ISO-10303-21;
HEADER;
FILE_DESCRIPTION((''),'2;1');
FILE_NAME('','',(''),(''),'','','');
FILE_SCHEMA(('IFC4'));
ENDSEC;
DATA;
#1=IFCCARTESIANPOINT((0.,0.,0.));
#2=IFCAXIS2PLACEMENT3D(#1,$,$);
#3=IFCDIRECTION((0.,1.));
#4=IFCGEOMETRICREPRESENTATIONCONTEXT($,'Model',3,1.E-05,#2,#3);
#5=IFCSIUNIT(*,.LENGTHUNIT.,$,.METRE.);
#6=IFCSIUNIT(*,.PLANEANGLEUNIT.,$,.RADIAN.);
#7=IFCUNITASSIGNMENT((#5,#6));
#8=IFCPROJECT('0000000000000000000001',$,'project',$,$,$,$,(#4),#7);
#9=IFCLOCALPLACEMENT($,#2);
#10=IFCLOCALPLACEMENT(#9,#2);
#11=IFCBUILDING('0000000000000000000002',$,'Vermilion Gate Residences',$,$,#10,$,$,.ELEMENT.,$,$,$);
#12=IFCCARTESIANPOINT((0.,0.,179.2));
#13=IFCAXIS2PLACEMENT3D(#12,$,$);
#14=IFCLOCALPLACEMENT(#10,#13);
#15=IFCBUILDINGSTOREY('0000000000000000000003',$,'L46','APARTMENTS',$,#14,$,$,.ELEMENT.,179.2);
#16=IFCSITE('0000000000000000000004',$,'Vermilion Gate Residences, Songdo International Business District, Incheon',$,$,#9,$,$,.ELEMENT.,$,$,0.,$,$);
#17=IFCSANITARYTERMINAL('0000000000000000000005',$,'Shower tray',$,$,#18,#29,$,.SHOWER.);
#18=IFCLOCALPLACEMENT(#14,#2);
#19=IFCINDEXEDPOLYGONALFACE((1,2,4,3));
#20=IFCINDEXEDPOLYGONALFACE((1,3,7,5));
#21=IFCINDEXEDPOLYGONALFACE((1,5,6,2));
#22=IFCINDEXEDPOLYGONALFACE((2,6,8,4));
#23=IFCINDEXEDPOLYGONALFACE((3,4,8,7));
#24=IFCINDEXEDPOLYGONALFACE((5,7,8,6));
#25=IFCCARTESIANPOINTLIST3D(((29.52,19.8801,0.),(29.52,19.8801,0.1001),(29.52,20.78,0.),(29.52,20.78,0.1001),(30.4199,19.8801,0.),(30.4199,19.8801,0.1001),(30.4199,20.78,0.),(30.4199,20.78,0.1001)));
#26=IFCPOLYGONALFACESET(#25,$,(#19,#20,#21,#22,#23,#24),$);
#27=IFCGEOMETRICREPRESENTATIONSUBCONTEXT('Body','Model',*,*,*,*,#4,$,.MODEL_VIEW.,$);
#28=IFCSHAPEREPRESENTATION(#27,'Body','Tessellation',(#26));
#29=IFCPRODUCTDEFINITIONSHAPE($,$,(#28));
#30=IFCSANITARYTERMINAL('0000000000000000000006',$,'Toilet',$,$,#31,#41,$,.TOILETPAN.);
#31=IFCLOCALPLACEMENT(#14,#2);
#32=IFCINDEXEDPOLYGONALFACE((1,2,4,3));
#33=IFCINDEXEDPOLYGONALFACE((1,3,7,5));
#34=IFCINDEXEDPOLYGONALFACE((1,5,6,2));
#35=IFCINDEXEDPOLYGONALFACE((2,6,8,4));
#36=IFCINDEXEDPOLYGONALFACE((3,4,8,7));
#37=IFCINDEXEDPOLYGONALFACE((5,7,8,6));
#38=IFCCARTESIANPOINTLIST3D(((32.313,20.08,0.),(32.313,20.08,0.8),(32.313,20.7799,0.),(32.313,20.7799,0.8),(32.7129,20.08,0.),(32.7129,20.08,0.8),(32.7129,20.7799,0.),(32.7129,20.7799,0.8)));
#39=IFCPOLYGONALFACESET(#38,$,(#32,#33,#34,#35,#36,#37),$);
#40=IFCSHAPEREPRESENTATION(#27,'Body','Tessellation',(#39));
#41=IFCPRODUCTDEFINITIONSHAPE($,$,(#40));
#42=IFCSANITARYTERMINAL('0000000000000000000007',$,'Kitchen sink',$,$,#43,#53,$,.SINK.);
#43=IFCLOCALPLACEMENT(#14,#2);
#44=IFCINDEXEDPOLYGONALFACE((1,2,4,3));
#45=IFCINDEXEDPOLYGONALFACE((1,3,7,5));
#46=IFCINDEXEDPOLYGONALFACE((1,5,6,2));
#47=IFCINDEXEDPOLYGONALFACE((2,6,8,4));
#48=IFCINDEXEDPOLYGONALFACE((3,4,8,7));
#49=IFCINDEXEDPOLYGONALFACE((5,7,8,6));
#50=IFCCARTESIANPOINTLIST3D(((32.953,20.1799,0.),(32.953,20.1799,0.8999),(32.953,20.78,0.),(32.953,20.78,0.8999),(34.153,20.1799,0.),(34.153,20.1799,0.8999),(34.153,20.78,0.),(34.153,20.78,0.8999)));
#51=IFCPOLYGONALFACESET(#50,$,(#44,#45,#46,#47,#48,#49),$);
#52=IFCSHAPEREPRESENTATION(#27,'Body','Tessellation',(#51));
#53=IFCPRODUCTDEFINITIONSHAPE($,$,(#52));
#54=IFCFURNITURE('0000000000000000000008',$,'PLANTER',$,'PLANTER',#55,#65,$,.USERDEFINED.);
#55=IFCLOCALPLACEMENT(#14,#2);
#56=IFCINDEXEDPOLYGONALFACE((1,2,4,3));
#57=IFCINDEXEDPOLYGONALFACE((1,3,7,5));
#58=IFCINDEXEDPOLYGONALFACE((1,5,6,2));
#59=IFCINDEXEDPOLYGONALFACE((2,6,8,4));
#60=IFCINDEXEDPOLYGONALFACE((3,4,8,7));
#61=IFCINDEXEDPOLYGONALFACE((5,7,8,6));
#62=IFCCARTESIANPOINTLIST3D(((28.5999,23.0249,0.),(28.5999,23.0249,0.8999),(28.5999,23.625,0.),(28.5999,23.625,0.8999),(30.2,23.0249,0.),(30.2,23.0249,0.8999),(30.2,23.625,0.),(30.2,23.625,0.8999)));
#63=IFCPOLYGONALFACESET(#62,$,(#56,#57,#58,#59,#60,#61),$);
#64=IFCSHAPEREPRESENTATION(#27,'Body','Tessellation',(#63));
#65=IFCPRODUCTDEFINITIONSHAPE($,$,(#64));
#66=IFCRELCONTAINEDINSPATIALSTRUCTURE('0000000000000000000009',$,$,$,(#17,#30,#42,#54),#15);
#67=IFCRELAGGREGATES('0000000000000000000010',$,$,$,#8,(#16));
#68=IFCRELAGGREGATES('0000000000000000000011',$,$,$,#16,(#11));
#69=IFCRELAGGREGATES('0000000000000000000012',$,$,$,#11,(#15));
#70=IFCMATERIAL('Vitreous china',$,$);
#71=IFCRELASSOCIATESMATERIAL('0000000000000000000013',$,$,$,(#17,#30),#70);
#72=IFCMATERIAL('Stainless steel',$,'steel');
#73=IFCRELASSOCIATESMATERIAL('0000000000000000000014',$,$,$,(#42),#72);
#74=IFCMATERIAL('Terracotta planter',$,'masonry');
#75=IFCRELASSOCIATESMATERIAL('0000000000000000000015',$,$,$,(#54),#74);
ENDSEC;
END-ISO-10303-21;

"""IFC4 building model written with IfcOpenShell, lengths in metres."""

from ifc_helpers import new_model, si_unit, direction, frame, origin, origin_2d, place, context, subcontext, project, spatial, rectangle, extrude, material, element, save


model = new_model("IFC4")

# Units and contexts
model_context = context("Model", 3, precision=1e-05, world=origin(), true_north=direction((0.0, 1.0)))
body_context = subcontext(model_context, "Body", "Model", "MODEL_VIEW")
ifc_project = project(units=[si_unit("LENGTHUNIT", "METRE"), si_unit("PLANEANGLEUNIT", "RADIAN")], contexts=[model_context])

# Site, building, storey
site_placement = place(None, origin())
site = spatial("IfcSite", under=ifc_project, at=site_placement, Name="Vermilion Gate Residences, Songdo International Business District, Incheon", CompositionType="ELEMENT", RefElevation=0.0)
building_placement = place(site_placement, origin())
building = spatial("IfcBuilding", under=site, at=building_placement, Name="Vermilion Gate Residences", CompositionType="ELEMENT")
storey_placement = place(building_placement, frame((0.0, 0.0, 179.2)))
storey = spatial("IfcBuildingStorey", under=building, at=storey_placement, Name="L46", Description="APARTMENTS", CompositionType="ELEMENT", Elevation=179.2)

# Sanitary terminals
ifc_material_1 = material(Name="Vitreous china")
ifc_material_2 = material(Name="Stainless steel", Category="steel")
sanitary_terminal_1_placement = place(storey_placement, frame((29.97, 20.3301, 0.0), z_axis=(0.0, 0.0, 1.0), x_axis=(1.0, 0.0, 0.0)))
element("IfcSanitaryTerminal", 1, at=sanitary_terminal_1_placement, inside=storey, material=ifc_material_1, Name="Shower tray", PredefinedType="SHOWER", context=body_context, shape_type="SweptSolid", body=[
    extrude(rectangle(XDim=0.8999, YDim=0.8999, at=origin_2d()), origin(), (0.0, 0.0, 1.0), 0.1001),
])
sanitary_terminal_2_placement = place(storey_placement, frame((32.5129, 20.4299, 0.0), z_axis=(0.0, 0.0, 1.0), x_axis=(1.0, 0.0, 0.0)))
element("IfcSanitaryTerminal", 2, at=sanitary_terminal_2_placement, inside=storey, material=ifc_material_1, Name="Toilet", PredefinedType="TOILETPAN", context=body_context, shape_type="SweptSolid", body=[
    extrude(rectangle(XDim=0.3999, YDim=0.7, at=origin_2d()), origin(), (0.0, 0.0, 1.0), 0.8),
])
sanitary_terminal_3_placement = place(storey_placement, frame((33.553, 20.48, 0.0), z_axis=(0.0, 0.0, 1.0), x_axis=(1.0, 0.0, 0.0)))
element("IfcSanitaryTerminal", 3, at=sanitary_terminal_3_placement, inside=storey, material=ifc_material_2, Name="Kitchen sink", PredefinedType="SINK", context=body_context, shape_type="SweptSolid", body=[
    extrude(rectangle(XDim=1.2, YDim=0.6001, at=origin_2d()), origin(), (0.0, 0.0, 1.0), 0.8999),
])

# Furniture
ifc_material_3 = material(Name="Terracotta planter", Category="masonry")
furniture_placement = place(storey_placement, frame((29.3999, 23.325, 0.0), z_axis=(0.0, 0.0, 1.0), x_axis=(-1.0, 0.0, 0.0)))
element("IfcFurniture", 4, at=furniture_placement, inside=storey, material=ifc_material_3, Name="PLANTER", ObjectType="PLANTER", PredefinedType="USERDEFINED", context=body_context, shape_type="SweptSolid", body=[
    extrude(rectangle(XDim=1.6001, YDim=0.6001, at=origin_2d()), origin(), (0.0, 0.0, 1.0), 0.8999),
])

save(model, "model.ifc")
